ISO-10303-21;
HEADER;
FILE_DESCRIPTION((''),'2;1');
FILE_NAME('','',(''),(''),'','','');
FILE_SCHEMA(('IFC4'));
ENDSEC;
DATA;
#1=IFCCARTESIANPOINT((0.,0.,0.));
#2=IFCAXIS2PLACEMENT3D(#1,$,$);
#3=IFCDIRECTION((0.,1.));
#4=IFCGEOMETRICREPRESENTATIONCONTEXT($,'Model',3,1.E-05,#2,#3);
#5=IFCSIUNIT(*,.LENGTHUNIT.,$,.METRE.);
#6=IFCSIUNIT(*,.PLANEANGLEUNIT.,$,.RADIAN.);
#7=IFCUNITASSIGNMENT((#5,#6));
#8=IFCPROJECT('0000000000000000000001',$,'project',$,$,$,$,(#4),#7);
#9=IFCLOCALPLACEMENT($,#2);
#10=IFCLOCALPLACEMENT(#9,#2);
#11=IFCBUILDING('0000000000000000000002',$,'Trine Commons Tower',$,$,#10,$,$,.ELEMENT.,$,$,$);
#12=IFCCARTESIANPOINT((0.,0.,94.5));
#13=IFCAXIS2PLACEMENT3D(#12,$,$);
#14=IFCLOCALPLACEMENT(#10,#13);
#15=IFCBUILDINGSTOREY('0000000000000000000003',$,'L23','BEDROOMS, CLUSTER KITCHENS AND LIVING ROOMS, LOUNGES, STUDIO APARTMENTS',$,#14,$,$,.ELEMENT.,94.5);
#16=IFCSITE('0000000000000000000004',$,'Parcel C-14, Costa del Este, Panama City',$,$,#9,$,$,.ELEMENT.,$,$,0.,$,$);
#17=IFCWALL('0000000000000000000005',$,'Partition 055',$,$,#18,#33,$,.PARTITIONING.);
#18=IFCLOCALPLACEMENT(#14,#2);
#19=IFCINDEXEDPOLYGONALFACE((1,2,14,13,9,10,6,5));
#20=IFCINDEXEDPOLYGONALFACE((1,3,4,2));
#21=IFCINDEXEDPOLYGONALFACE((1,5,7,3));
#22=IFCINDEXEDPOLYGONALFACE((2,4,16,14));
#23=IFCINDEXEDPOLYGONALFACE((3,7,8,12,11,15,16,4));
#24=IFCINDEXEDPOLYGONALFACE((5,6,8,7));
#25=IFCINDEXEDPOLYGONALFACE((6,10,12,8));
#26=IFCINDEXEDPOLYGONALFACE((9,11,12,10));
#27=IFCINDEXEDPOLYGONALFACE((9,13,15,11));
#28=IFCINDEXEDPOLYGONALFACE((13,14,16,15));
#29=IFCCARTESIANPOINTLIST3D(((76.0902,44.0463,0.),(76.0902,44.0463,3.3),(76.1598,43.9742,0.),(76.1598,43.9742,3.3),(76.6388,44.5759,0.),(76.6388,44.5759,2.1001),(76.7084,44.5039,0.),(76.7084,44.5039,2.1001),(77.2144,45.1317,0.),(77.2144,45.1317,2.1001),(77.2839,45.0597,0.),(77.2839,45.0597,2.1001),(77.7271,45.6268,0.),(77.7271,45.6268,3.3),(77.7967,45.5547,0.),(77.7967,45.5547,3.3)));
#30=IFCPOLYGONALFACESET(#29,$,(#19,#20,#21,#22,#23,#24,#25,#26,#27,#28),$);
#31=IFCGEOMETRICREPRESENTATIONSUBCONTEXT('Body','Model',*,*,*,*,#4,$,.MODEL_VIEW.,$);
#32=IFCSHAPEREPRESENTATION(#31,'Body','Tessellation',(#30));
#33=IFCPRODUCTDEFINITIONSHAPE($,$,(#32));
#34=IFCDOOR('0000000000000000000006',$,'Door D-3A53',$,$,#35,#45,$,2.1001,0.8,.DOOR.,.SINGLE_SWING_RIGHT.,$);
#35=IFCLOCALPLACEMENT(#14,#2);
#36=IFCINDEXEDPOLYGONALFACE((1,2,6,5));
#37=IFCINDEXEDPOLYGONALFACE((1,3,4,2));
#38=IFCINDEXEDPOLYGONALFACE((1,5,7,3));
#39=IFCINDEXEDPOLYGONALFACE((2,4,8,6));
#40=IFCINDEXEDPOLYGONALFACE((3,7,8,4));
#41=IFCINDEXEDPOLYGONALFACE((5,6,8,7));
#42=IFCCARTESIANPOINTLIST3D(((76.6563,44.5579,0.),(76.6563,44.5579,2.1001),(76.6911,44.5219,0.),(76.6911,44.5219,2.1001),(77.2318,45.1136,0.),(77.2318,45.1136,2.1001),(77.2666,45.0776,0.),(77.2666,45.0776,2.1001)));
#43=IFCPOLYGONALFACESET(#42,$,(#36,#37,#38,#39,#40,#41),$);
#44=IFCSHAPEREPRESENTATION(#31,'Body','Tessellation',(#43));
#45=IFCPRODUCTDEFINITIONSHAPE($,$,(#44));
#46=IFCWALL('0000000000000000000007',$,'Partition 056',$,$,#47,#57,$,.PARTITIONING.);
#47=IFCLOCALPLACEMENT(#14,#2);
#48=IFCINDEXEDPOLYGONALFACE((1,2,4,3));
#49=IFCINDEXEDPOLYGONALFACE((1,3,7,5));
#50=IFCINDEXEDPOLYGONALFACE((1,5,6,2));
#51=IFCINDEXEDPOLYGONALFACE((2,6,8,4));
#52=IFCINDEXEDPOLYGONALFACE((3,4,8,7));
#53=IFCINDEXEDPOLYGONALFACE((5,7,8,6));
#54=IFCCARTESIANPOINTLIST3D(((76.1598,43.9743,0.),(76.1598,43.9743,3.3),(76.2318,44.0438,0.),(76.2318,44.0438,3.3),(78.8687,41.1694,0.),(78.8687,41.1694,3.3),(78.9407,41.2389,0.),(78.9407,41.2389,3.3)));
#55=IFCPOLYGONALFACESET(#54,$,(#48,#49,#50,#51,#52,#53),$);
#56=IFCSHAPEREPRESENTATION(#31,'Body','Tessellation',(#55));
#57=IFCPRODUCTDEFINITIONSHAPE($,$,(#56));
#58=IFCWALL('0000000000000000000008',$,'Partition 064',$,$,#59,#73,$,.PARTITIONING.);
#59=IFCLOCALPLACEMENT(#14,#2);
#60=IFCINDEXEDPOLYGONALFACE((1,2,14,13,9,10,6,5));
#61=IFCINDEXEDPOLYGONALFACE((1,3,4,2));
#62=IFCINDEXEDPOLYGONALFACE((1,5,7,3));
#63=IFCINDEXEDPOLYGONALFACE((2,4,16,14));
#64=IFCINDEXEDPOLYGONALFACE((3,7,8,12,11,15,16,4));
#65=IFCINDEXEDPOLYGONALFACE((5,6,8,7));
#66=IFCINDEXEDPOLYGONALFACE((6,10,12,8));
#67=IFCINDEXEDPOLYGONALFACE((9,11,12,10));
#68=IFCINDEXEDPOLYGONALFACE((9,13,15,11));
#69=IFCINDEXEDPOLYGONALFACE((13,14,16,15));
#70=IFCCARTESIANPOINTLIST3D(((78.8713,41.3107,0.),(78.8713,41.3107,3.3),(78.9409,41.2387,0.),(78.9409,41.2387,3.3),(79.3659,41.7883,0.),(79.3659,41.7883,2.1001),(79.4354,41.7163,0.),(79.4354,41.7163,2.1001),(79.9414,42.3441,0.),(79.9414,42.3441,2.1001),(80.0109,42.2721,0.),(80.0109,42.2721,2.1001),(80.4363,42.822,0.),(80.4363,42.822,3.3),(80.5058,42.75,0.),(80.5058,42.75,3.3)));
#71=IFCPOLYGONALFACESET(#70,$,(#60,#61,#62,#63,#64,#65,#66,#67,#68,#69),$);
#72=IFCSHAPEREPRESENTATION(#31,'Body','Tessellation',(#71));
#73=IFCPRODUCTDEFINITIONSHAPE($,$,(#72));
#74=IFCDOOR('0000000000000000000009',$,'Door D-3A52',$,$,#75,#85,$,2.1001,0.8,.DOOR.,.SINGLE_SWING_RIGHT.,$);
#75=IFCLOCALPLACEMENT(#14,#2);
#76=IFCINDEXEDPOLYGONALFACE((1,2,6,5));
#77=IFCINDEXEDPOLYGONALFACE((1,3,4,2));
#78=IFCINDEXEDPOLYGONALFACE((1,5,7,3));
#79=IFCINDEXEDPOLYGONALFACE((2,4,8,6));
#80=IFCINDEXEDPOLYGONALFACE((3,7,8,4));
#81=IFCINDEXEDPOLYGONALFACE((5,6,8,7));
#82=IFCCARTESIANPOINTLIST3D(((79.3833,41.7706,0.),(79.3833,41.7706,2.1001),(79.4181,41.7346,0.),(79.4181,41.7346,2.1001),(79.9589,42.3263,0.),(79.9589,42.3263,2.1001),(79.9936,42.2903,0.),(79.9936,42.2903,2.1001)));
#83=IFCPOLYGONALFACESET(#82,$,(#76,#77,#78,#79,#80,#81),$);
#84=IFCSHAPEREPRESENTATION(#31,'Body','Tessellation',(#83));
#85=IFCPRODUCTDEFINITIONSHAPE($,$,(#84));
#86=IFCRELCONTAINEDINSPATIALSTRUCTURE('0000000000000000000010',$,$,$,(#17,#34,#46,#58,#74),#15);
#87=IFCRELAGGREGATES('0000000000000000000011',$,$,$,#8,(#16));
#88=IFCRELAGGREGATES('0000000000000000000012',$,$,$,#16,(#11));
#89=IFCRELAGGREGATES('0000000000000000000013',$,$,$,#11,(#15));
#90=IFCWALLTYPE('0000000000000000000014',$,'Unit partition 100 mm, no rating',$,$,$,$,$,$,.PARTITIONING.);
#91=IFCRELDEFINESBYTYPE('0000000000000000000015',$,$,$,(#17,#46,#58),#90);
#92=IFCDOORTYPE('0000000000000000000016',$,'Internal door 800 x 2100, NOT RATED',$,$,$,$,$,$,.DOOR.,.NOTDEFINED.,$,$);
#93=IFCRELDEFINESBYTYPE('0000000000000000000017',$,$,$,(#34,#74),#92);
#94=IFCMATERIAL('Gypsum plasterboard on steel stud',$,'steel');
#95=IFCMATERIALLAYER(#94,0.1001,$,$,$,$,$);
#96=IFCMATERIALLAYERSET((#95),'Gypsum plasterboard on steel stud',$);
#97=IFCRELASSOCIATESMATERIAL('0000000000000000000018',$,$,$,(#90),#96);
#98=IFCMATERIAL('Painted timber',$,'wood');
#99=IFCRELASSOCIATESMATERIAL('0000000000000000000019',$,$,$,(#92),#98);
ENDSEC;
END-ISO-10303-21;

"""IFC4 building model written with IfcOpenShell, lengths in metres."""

from ifc_helpers import new_model, si_unit, direction, frame, frame_2d, origin, place, context, subcontext, project, spatial, rectangle, extrude, material, layer, layer_set, type_object, element, fill, save


model = new_model("IFC4")

# Units and contexts
model_context = context("Model", 3, precision=1e-05, world=origin(), true_north=direction((0.0, 1.0)))
body_context = subcontext(model_context, "Body", "Model", "MODEL_VIEW")
ifc_project = project(units=[si_unit("LENGTHUNIT", "METRE"), si_unit("PLANEANGLEUNIT", "RADIAN")], contexts=[model_context])

# Site, building, storey
site_placement = place(None, origin())
site = spatial("IfcSite", under=ifc_project, at=site_placement, Name="Parcel C-14, Costa del Este, Panama City", CompositionType="ELEMENT", RefElevation=0.0)
building_placement = place(site_placement, origin())
building = spatial("IfcBuilding", under=site, at=building_placement, Name="Trine Commons Tower", CompositionType="ELEMENT")
storey_placement = place(building_placement, frame((0.0, 0.0, 94.5)))
storey = spatial("IfcBuildingStorey", under=building, at=storey_placement, Name="L23", Description="BEDROOMS, CLUSTER KITCHENS AND LIVING ROOMS, LOUNGES, STUDIO APARTMENTS", CompositionType="ELEMENT", Elevation=94.5)

# Shared definitions
ifc_material_1 = material(Name="Gypsum plasterboard on steel stud", Category="steel")

# Wall, opening, door
ifc_layer_1 = layer(ifc_material_1, 0.1001)
ifc_layer_set_1 = layer_set([ifc_layer_1], Name="Gypsum plasterboard on steel stud")
wall_type_1 = type_object("IfcWallType", Name="Unit partition 100 mm, no rating", PredefinedType="PARTITIONING", material=ifc_layer_set_1)
wall_1_placement = place(storey_placement, frame((76.125, 44.0103, 0.0), z_axis=(0.0, 0.0, 1.0), x_axis=(0.71939, 0.694606, 0.0)))
wall_1 = element("IfcWall", 1, at=wall_1_placement, inside=storey, type_object=wall_type_1, Name="Partition 055", PredefinedType="PARTITIONING", context=body_context, shape_type="SweptSolid", body=[
    extrude(rectangle(XDim=2.2754, YDim=0.1001, at=frame_2d((1.1377, 0.0))), origin(), (0.0, 0.0, 1.0), 3.3),
])
opening_1_placement = place(wall_1_placement, frame((0.7627, 0.0, 0.0)))
opening_1 = element("IfcOpeningElement", 2, at=opening_1_placement, cuts=wall_1, PredefinedType="OPENING", context=body_context, shape_type="SweptSolid", body=[
    extrude(rectangle(XDim=0.8, YDim=2.1001, at=frame_2d((0.3999, 1.05))), frame((0.0, 0.0601, 0.0), z_axis=(0.0, -1.0, 0.0), x_axis=(1.0, 0.0, 0.0)), (0.0, 0.0, 1.0), 0.1201),
])
ifc_material_2 = material(Name="Painted timber", Category="wood")
door_type_1 = type_object("IfcDoorType", Name="Internal door 800 x 2100, NOT RATED", OperationType="NOTDEFINED", PredefinedType="DOOR", material=ifc_material_2)
door_1_placement = place(opening_1_placement, origin())
door_1 = element("IfcDoor", 3, at=door_1_placement, inside=storey, type_object=door_type_1, Name="Door D-3A53", OperationType="SINGLE_SWING_RIGHT", OverallHeight=2.1001, OverallWidth=0.8, PredefinedType="DOOR", context=body_context, shape_type="SweptSolid", body=[
    extrude(rectangle(XDim=0.8, YDim=2.1001, at=frame_2d((0.3999, 1.05))), frame((0.0, 0.0249, 0.0), z_axis=(0.0, -1.0, 0.0), x_axis=(1.0, 0.0, 0.0)), (0.0, 0.0, 1.0), 0.05),
])
fill(opening_1, door_1)

# Wall
wall_2_placement = place(storey_placement, frame((76.1958, 44.009, 0.0), z_axis=(0.0, 0.0, 1.0), x_axis=(0.694697, -0.719302, 0.0)))
element("IfcWall", 4, at=wall_2_placement, inside=storey, type_object=wall_type_1, Name="Partition 056", PredefinedType="PARTITIONING", context=body_context, shape_type="SweptSolid", body=[
    extrude(rectangle(XDim=3.8994, YDim=0.1001, at=frame_2d((1.9497, 0.0))), origin(), (0.0, 0.0, 1.0), 3.3),
])

# Wall, opening, door
wall_3_placement = place(storey_placement, frame((78.906, 41.2747, 0.0), z_axis=(0.0, 0.0, 1.0), x_axis=(0.719343, 0.694655, 0.0)))
wall_3 = element("IfcWall", 5, at=wall_3_placement, inside=storey, type_object=wall_type_1, Name="Partition 064", PredefinedType="PARTITIONING", context=body_context, shape_type="SweptSolid", body=[
    extrude(rectangle(XDim=2.1755, YDim=0.1001, at=frame_2d((1.0879, 0.0))), origin(), (0.0, 0.0, 1.0), 3.3),
])
opening_2_placement = place(wall_3_placement, frame((0.6877, 0.0, 0.0)))
opening_2 = element("IfcOpeningElement", 6, at=opening_2_placement, cuts=wall_3, PredefinedType="OPENING", context=body_context, shape_type="SweptSolid", body=[
    extrude(rectangle(XDim=0.8, YDim=2.1001, at=frame_2d((0.3999, 1.05))), frame((0.0, 0.0601, 0.0), z_axis=(0.0, -1.0, 0.0), x_axis=(1.0, 0.0, 0.0)), (0.0, 0.0, 1.0), 0.1201),
])
door_2_placement = place(opening_2_placement, frame((0.8, 0.0, 0.0), z_axis=(0.0, 0.0, 1.0), x_axis=(-1.0, 0.0, 0.0)))
door_2 = element("IfcDoor", 7, at=door_2_placement, inside=storey, type_object=door_type_1, Name="Door D-3A52", OperationType="SINGLE_SWING_RIGHT", OverallHeight=2.1001, OverallWidth=0.8, PredefinedType="DOOR", context=body_context, shape_type="SweptSolid", body=[
    extrude(rectangle(XDim=0.8, YDim=2.1001, at=frame_2d((0.3999, 1.05))), frame((0.0, 0.0249, 0.0), z_axis=(0.0, -1.0, 0.0), x_axis=(1.0, 0.0, 0.0)), (0.0, 0.0, 1.0), 0.05),
])
fill(opening_2, door_2)

save(model, "model.ifc")
